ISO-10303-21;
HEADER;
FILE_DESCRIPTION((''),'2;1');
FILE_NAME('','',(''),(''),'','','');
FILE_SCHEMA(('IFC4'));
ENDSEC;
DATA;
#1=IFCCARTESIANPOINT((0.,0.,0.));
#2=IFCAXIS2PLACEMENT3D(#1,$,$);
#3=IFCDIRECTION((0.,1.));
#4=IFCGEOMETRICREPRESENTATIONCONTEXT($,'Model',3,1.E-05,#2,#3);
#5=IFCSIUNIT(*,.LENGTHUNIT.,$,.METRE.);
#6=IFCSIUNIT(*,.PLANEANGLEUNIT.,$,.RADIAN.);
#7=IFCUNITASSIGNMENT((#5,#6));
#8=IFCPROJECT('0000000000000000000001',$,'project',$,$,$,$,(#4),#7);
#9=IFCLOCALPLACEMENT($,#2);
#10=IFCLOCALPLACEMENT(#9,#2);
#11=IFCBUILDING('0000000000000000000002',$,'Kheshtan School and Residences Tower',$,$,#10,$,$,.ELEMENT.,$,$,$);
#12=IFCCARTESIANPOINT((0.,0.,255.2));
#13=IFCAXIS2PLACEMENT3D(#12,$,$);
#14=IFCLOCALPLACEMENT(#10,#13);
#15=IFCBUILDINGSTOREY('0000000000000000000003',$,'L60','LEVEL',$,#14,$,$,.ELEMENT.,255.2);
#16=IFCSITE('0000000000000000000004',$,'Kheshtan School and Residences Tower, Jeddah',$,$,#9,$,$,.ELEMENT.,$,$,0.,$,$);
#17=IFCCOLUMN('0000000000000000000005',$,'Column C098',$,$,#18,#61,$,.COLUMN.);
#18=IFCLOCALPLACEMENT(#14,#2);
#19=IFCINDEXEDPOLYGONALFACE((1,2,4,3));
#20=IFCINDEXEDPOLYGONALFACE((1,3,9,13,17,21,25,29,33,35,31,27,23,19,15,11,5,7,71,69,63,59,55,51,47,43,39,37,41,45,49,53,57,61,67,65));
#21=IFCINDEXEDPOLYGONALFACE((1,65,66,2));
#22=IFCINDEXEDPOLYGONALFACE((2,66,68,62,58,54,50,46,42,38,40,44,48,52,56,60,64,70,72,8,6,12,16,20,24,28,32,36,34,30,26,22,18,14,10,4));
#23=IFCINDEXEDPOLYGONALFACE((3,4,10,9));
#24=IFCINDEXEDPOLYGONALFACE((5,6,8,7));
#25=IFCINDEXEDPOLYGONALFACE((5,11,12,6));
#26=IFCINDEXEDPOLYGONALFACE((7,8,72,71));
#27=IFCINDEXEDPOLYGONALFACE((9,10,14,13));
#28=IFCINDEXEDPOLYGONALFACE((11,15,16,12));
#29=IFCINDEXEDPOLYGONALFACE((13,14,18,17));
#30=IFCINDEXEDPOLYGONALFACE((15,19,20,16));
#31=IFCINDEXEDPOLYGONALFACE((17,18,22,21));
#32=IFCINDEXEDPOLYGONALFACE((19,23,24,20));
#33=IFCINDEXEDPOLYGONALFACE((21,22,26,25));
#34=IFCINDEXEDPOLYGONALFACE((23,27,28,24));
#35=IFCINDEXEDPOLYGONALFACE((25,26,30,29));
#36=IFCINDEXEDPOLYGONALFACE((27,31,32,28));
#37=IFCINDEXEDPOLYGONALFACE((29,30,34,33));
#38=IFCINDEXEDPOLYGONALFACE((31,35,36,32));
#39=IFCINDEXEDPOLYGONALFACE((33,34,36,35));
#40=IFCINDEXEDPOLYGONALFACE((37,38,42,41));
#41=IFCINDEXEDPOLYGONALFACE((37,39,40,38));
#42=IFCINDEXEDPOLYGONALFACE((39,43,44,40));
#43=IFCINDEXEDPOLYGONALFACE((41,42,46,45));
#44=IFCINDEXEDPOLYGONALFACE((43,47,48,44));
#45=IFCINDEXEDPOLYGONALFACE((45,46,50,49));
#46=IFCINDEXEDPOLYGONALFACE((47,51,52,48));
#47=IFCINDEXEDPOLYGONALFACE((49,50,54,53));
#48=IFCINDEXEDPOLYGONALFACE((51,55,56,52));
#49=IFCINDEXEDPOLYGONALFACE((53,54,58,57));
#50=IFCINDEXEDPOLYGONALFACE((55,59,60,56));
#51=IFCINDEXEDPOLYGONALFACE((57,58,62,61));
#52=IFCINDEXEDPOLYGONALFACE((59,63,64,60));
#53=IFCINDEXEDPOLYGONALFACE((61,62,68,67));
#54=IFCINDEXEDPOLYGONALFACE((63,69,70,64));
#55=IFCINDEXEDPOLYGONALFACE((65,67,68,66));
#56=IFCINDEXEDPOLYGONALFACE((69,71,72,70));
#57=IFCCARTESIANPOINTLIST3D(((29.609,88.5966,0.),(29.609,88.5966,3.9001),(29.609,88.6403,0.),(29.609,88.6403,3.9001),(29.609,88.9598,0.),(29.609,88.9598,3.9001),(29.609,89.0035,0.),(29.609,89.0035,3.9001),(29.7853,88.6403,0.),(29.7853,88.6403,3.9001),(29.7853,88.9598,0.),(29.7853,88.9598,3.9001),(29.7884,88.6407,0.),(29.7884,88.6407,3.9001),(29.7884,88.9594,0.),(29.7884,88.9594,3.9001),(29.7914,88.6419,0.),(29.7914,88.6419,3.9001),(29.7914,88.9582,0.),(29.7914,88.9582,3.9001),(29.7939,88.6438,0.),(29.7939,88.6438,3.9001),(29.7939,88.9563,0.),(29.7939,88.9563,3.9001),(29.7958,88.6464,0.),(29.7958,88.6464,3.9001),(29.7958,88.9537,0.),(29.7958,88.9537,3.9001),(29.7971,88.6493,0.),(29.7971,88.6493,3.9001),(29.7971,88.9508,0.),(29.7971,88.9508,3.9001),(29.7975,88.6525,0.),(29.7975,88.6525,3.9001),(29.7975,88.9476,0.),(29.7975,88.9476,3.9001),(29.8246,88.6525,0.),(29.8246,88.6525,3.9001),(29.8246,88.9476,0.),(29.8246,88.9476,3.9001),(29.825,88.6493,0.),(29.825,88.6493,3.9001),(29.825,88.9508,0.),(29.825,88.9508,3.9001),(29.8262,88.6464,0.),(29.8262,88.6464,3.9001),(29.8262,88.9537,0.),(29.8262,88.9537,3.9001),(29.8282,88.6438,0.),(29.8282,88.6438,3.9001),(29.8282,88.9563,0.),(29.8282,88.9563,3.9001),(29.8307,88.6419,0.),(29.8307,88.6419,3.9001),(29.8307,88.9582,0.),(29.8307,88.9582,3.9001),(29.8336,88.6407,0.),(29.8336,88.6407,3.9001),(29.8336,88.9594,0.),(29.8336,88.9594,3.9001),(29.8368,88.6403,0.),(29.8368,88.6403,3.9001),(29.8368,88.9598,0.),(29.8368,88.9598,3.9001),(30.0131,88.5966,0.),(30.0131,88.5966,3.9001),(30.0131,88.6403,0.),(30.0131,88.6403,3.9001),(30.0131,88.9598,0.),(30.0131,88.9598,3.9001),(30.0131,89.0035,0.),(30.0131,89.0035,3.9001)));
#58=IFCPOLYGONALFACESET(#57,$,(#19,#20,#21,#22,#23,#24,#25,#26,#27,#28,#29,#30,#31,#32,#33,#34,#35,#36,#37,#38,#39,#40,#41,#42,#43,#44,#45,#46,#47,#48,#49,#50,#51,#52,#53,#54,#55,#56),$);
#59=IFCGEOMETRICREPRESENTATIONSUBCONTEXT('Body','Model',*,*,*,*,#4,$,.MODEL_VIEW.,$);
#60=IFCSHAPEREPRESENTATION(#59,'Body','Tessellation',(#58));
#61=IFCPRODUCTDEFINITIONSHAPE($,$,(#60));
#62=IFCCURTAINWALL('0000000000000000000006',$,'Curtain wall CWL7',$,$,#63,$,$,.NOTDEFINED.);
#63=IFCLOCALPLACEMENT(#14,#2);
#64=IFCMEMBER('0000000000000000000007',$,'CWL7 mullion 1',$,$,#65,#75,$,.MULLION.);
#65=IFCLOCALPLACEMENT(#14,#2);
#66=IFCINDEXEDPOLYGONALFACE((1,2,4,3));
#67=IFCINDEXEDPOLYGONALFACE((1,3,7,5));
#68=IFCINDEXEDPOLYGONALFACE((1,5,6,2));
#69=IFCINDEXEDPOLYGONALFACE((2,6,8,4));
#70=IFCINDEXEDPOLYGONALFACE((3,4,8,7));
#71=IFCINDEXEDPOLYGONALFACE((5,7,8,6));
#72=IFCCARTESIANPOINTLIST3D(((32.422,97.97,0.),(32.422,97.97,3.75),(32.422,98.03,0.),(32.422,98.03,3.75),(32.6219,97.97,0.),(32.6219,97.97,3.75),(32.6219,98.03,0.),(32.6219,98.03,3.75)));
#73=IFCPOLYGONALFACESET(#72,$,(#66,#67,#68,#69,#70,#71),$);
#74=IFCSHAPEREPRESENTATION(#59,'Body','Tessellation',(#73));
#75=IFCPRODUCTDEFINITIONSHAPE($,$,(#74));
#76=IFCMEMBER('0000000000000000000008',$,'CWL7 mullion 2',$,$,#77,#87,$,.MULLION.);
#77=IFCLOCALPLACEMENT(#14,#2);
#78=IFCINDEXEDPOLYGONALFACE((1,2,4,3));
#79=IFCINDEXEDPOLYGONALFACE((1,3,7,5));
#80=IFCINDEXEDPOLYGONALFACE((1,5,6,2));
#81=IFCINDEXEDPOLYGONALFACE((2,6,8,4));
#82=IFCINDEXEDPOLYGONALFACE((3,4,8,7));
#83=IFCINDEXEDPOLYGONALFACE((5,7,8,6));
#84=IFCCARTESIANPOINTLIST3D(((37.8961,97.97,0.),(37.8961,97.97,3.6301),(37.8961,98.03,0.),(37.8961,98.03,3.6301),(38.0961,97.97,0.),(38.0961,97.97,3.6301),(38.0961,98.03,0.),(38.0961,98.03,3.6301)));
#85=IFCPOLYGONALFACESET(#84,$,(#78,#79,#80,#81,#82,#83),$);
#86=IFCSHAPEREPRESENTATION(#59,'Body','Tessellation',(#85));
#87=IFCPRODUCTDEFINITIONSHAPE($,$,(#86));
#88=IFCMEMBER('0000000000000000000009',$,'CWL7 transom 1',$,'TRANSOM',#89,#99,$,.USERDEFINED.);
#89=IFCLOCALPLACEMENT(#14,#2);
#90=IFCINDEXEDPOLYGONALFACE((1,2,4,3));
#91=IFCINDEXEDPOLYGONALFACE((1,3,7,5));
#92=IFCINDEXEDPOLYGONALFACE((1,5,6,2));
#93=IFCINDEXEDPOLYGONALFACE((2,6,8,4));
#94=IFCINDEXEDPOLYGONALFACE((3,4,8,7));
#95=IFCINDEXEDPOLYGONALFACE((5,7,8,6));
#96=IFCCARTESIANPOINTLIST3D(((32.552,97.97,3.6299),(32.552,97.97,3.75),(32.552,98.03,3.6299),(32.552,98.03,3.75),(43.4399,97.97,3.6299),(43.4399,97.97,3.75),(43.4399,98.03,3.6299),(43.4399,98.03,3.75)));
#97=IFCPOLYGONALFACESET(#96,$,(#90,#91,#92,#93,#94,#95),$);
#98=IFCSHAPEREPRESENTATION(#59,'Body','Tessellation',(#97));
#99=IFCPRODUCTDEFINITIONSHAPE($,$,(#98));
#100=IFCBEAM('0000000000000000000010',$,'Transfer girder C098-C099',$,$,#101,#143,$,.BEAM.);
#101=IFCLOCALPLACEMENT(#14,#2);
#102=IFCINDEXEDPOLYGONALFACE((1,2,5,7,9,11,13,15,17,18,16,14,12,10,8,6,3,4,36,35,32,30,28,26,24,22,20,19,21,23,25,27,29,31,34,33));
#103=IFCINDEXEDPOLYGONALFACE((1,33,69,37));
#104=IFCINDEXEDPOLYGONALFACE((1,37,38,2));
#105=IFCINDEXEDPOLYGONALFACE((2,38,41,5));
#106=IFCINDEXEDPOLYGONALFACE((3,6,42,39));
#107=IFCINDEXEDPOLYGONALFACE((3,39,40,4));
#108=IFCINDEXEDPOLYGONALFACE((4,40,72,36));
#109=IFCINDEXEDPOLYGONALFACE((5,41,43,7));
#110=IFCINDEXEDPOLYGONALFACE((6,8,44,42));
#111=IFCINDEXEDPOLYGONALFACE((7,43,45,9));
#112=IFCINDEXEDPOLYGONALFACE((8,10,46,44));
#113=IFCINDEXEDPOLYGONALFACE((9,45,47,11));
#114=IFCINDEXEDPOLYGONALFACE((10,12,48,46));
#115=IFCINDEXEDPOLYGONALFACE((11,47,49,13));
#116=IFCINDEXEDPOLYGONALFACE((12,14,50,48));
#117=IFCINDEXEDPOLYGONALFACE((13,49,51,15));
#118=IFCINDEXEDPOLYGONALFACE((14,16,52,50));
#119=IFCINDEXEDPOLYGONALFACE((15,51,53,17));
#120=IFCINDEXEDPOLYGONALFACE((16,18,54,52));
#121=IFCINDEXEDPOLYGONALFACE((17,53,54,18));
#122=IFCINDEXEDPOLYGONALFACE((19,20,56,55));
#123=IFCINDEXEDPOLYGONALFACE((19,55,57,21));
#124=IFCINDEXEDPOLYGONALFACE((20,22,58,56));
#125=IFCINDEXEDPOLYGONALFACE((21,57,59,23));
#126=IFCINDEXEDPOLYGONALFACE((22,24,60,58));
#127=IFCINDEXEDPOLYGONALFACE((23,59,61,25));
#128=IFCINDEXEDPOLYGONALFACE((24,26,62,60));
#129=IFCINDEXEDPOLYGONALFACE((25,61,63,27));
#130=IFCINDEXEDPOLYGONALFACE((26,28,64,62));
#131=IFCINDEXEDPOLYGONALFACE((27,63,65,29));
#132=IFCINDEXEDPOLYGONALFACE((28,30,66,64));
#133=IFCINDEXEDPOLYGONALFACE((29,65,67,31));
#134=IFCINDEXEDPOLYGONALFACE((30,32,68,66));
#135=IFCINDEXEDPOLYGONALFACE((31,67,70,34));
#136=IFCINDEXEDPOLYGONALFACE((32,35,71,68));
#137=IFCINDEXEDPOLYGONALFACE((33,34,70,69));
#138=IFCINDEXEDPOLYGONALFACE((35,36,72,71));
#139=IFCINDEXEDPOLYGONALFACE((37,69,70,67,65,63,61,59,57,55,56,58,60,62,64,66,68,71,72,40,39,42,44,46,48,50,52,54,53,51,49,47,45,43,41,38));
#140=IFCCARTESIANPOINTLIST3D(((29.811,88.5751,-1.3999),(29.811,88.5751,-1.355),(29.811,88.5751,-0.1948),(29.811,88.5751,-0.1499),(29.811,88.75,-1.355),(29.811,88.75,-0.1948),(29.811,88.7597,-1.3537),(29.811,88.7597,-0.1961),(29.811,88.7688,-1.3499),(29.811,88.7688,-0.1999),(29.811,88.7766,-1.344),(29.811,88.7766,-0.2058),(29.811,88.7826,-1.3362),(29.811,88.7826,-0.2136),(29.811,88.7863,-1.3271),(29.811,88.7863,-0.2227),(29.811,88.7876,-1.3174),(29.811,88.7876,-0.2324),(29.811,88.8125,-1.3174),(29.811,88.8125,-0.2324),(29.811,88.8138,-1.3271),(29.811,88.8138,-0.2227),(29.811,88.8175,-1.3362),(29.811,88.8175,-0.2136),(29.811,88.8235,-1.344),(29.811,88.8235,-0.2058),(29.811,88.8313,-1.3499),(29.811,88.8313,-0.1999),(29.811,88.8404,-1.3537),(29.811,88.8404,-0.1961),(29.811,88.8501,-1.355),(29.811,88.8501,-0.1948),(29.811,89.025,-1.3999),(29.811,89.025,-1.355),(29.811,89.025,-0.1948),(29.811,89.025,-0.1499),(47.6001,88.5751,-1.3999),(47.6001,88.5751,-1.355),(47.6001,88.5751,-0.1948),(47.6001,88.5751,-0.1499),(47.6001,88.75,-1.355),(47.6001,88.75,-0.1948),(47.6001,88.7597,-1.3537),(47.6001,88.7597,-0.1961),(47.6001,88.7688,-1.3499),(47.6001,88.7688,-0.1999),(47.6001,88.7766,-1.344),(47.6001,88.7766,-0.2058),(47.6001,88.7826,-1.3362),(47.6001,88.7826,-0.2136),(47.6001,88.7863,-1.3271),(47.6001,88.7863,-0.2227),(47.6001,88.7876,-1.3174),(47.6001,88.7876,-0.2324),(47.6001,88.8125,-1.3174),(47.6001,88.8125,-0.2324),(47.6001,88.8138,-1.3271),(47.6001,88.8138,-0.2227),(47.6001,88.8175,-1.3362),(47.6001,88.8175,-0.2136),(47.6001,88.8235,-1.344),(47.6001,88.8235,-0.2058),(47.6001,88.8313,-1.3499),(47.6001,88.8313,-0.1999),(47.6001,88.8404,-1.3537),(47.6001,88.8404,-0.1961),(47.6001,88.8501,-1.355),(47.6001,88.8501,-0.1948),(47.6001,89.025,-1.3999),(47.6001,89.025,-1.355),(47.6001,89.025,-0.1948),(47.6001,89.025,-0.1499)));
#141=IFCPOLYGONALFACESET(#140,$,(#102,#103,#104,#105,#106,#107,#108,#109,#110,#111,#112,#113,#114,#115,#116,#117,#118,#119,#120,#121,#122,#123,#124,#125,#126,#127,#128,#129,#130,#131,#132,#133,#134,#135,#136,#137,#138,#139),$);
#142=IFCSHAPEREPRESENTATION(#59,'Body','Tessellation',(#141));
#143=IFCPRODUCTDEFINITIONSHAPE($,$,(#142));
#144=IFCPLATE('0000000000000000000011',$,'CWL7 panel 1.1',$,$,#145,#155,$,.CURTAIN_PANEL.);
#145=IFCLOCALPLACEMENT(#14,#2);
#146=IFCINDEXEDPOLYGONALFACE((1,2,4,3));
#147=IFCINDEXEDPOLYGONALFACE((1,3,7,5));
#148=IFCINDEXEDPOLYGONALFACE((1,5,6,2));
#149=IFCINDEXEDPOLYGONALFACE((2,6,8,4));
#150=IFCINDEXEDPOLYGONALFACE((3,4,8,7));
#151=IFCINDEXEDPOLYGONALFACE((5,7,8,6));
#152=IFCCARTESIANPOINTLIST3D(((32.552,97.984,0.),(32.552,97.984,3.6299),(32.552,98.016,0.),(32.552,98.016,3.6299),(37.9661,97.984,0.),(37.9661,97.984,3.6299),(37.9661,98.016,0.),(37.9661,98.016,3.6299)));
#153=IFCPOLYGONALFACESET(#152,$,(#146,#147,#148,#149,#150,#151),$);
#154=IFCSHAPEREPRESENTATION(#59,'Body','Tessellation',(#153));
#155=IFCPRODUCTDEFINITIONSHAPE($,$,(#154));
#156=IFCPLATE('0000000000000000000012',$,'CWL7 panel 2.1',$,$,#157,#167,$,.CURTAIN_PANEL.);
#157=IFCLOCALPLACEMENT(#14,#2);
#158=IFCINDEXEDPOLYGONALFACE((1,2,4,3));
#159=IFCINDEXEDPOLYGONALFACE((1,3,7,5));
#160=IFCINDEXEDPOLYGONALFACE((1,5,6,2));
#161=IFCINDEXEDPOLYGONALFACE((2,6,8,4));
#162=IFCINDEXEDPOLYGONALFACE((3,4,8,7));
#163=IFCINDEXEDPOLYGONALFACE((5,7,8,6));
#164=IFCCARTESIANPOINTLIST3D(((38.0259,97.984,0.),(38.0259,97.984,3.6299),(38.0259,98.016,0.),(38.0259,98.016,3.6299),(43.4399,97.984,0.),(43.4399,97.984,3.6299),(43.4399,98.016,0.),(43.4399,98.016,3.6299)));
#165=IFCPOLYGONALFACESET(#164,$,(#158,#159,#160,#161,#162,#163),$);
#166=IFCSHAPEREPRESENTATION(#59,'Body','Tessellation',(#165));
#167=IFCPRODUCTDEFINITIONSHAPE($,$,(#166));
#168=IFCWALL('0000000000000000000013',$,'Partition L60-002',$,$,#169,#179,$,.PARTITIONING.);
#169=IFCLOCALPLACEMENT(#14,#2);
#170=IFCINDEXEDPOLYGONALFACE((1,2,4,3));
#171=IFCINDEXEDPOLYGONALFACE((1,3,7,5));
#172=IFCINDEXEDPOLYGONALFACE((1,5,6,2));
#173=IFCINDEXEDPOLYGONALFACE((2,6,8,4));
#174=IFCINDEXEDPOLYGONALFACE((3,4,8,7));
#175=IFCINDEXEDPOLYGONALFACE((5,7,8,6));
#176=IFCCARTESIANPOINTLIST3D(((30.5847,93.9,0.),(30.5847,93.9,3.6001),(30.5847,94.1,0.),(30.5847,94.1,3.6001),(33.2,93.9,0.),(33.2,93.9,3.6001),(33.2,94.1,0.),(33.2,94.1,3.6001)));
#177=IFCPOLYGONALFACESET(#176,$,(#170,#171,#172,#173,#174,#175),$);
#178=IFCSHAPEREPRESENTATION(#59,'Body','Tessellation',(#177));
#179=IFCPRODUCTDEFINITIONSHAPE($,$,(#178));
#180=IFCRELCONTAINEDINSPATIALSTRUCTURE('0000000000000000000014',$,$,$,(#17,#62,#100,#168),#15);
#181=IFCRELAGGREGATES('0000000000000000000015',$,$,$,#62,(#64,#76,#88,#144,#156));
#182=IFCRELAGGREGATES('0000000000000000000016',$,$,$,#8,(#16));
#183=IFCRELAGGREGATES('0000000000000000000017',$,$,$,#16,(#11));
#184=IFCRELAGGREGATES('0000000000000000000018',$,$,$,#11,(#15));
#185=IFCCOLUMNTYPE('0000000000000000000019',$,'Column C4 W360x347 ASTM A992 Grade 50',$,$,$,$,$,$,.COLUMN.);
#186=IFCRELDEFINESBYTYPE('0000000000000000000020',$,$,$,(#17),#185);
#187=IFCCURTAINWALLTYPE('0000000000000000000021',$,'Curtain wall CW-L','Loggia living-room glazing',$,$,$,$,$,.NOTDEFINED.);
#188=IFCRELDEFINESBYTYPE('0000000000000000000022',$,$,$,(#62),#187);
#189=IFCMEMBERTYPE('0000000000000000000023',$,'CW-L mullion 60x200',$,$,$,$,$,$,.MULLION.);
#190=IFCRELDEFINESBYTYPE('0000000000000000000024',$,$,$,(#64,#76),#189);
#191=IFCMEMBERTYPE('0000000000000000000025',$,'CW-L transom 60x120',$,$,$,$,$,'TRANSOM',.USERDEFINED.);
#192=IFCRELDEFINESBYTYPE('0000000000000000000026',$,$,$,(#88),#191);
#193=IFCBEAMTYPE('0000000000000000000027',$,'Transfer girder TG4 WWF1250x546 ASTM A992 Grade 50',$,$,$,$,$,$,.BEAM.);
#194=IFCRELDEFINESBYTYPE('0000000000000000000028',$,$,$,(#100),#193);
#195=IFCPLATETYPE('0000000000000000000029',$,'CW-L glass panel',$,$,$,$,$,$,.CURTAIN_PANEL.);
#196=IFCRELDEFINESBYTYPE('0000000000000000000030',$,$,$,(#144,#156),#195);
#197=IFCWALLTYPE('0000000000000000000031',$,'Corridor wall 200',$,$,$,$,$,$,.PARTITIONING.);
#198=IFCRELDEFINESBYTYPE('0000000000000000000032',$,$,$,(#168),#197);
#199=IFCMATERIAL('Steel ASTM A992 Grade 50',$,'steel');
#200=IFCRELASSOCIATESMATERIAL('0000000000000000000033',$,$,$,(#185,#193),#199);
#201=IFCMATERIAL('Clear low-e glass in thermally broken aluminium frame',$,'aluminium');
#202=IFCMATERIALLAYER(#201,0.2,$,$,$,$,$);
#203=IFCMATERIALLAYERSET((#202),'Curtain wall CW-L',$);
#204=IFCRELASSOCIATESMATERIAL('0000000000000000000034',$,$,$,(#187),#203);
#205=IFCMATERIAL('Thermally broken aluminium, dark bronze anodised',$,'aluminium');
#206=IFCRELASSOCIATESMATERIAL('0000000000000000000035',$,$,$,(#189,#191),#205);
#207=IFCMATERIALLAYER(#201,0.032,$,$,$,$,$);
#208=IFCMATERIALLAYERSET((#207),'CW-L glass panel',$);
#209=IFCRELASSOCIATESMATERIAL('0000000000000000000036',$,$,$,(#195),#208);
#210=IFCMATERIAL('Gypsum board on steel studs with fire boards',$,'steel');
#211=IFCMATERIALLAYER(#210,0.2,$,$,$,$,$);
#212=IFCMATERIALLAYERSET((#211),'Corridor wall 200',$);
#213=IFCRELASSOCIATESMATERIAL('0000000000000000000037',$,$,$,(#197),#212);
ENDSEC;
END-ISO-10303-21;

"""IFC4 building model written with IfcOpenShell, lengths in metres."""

from ifc_helpers import new_model, si_unit, direction, frame, frame_2d, origin, origin_2d, place, context, subcontext, project, spatial, rectangle, i_section, extrude, material, layer, layer_set, material_profile, profile_set, type_object, element, aggregate, save


model = new_model("IFC4")

# Units and contexts
model_context = context("Model", 3, precision=1e-05, world=origin(), true_north=direction((0.0, 1.0)))
body_context = subcontext(model_context, "Body", "Model", "MODEL_VIEW")
ifc_project = project(units=[si_unit("LENGTHUNIT", "METRE"), si_unit("PLANEANGLEUNIT", "RADIAN")], contexts=[model_context])

# Site, building, storey
site_placement = place(None, origin())
site = spatial("IfcSite", under=ifc_project, at=site_placement, Name="Kheshtan School and Residences Tower, Jeddah", CompositionType="ELEMENT", RefElevation=0.0)
building_placement = place(site_placement, origin())
building = spatial("IfcBuilding", under=site, at=building_placement, Name="Kheshtan School and Residences Tower", CompositionType="ELEMENT")
storey_placement = place(building_placement, frame((0.0, 0.0, 255.2)))
storey = spatial("IfcBuildingStorey", under=building, at=storey_placement, Name="L60", Description="LEVEL", CompositionType="ELEMENT", Elevation=255.2)

# Column
ifc_material_1 = material(Name="Steel ASTM A992 Grade 50", Category="steel")
ifc_material_profile_1 = material_profile(ifc_material_1, i_section(OverallWidth=0.4041, OverallDepth=0.407, WebThickness=0.0271, FlangeThickness=0.0437, FilletRadius=0.0122, at=origin_2d()), Name="W360x347")
ifc_profile_set_1 = profile_set([ifc_material_profile_1], Name="Steel ASTM A992 Grade 50")
column_type = type_object("IfcColumnType", Name="Column C4 W360x347 ASTM A992 Grade 50", PredefinedType="COLUMN", material=ifc_profile_set_1)
column_placement = place(storey_placement, frame((29.811, 88.8, 0.0), z_axis=(0.0, 0.0, 1.0), x_axis=(1.0, 0.0, 0.0)))
element("IfcColumn", 1, at=column_placement, inside=storey, type_object=column_type, Name="Column C098", PredefinedType="COLUMN", context=body_context, shape_type="SweptSolid", body=[
    extrude(i_section(OverallWidth=0.4041, OverallDepth=0.407, WebThickness=0.0271, FlangeThickness=0.0437, FilletRadius=0.0122, at=origin_2d()), origin(), (0.0, 0.0, 1.0), 3.9001),
])

# Curtain wall, members
ifc_material_2 = material(Name="Clear low-e glass in thermally broken aluminium frame", Category="aluminium")
ifc_layer_1 = layer(ifc_material_2, 0.2)
ifc_layer_set_1 = layer_set([ifc_layer_1], Name="Curtain wall CW-L")
curtain_wall_type = type_object("IfcCurtainWallType", Name="Curtain wall CW-L", Description="Loggia living-room glazing", PredefinedType="NOTDEFINED", material=ifc_layer_set_1)
curtain_wall_placement = place(storey_placement, origin())
curtain_wall = element("IfcCurtainWall", 2, at=curtain_wall_placement, inside=storey, type_object=curtain_wall_type, Name="Curtain wall CWL7", PredefinedType="NOTDEFINED")
ifc_material_3 = material(Name="Thermally broken aluminium, dark bronze anodised", Category="aluminium")
ifc_material_profile_2 = material_profile(ifc_material_3, rectangle(XDim=0.0601, YDim=0.2, at=origin_2d()), Name="CW-L mullion 60x200")
ifc_profile_set_2 = profile_set([ifc_material_profile_2], Name="Thermally broken aluminium, dark bronze anodised")
member_type_1 = type_object("IfcMemberType", Name="CW-L mullion 60x200", PredefinedType="MULLION", material=ifc_profile_set_2)
member_1_placement = place(storey_placement, frame((32.522, 98.0, 0.0), z_axis=(0.0, 0.0, 1.0), x_axis=(0.0, 1.0, 0.0)))
member_1 = element("IfcMember", 3, at=member_1_placement, type_object=member_type_1, Name="CWL7 mullion 1", PredefinedType="MULLION", context=body_context, shape_type="SweptSolid", body=[
    extrude(rectangle(XDim=0.0601, YDim=0.2, at=origin_2d()), origin(), (0.0, 0.0, 1.0), 3.75),
])
member_2_placement = place(storey_placement, frame((37.9961, 98.0, 0.0), z_axis=(0.0, 0.0, 1.0), x_axis=(0.0, 1.0, 0.0)))
member_2 = element("IfcMember", 4, at=member_2_placement, type_object=member_type_1, Name="CWL7 mullion 2", PredefinedType="MULLION", context=body_context, shape_type="SweptSolid", body=[
    extrude(rectangle(XDim=0.0601, YDim=0.2, at=origin_2d()), origin(), (0.0, 0.0, 1.0), 3.6301),
])
ifc_material_profile_3 = material_profile(ifc_material_3, rectangle(XDim=0.0601, YDim=0.1201, at=origin_2d()), Name="CW-L transom 60x120")
ifc_profile_set_3 = profile_set([ifc_material_profile_3], Name="Thermally broken aluminium, dark bronze anodised")
member_type_2 = type_object("IfcMemberType", Name="CW-L transom 60x120", ElementType="TRANSOM", PredefinedType="USERDEFINED", material=ifc_profile_set_3)
member_3_placement = place(storey_placement, frame((32.552, 98.0, 3.6899), z_axis=(1.0, 0.0, 0.0), x_axis=(0.0, 1.0, 0.0)))
member_3 = element("IfcMember", 5, at=member_3_placement, type_object=member_type_2, Name="CWL7 transom 1", ObjectType="TRANSOM", PredefinedType="USERDEFINED", context=body_context, shape_type="SweptSolid", body=[
    extrude(rectangle(XDim=0.0601, YDim=0.1201, at=origin_2d()), origin(), (0.0, 0.0, 1.0), 10.8879),
])

# Beam
ifc_material_profile_4 = material_profile(ifc_material_1, i_section(OverallWidth=0.45, OverallDepth=1.25, WebThickness=0.0249, FlangeThickness=0.0449, FilletRadius=0.0376, at=origin_2d()), Name="WWF1250x546")
ifc_profile_set_4 = profile_set([ifc_material_profile_4], Name="Steel ASTM A992 Grade 50")
beam_type = type_object("IfcBeamType", Name="Transfer girder TG4 WWF1250x546 ASTM A992 Grade 50", PredefinedType="BEAM", material=ifc_profile_set_4)
beam_placement = place(storey_placement, frame((29.811, 88.8, -0.7749), z_axis=(1.0, 0.0, 0.0), x_axis=(0.0, 1.0, 0.0)))
element("IfcBeam", 6, at=beam_placement, inside=storey, type_object=beam_type, Name="Transfer girder C098-C099", PredefinedType="BEAM", context=body_context, shape_type="SweptSolid", body=[
    extrude(i_section(OverallWidth=0.45, OverallDepth=1.25, WebThickness=0.0249, FlangeThickness=0.0449, FilletRadius=0.0376, at=origin_2d()), origin(), (0.0, 0.0, 1.0), 17.7891),
])

# Plates
ifc_layer_2 = layer(ifc_material_2, 0.032)
ifc_layer_set_2 = layer_set([ifc_layer_2], Name="CW-L glass panel")
plate_type = type_object("IfcPlateType", Name="CW-L glass panel", PredefinedType="CURTAIN_PANEL", material=ifc_layer_set_2)
plate_1_placement = place(storey_placement, frame((35.259, 98.0, 0.0), z_axis=(0.0, 0.0, 1.0), x_axis=(1.0, 0.0, 0.0)))
plate_1 = element("IfcPlate", 7, at=plate_1_placement, type_object=plate_type, Name="CWL7 panel 1.1", PredefinedType="CURTAIN_PANEL", context=body_context, shape_type="SweptSolid", body=[
    extrude(rectangle(XDim=5.4141, YDim=0.032, at=origin_2d()), origin(), (0.0, 0.0, 1.0), 3.6299),
])
plate_2_placement = place(storey_placement, frame((40.7329, 98.0, 0.0), z_axis=(0.0, 0.0, 1.0), x_axis=(1.0, 0.0, 0.0)))
plate_2 = element("IfcPlate", 8, at=plate_2_placement, type_object=plate_type, Name="CWL7 panel 2.1", PredefinedType="CURTAIN_PANEL", context=body_context, shape_type="SweptSolid", body=[
    extrude(rectangle(XDim=5.4141, YDim=0.032, at=origin_2d()), origin(), (0.0, 0.0, 1.0), 3.6299),
])
aggregate(curtain_wall, [member_1, member_2, member_3, plate_1, plate_2])

# Wall
ifc_material_4 = material(Name="Gypsum board on steel studs with fire boards", Category="steel")
ifc_layer_3 = layer(ifc_material_4, 0.2)
ifc_layer_set_3 = layer_set([ifc_layer_3], Name="Corridor wall 200")
wall_type_1 = type_object("IfcWallType", Name="Corridor wall 200", PredefinedType="PARTITIONING", material=ifc_layer_set_3)
wall_1_placement = place(storey_placement, frame((30.5847, 94.0, 0.0), z_axis=(0.0, 0.0, 1.0), x_axis=(1.0, 0.0, 0.0)))
element("IfcWall", 9, at=wall_1_placement, inside=storey, type_object=wall_type_1, Name="Partition L60-002", PredefinedType="PARTITIONING", context=body_context, shape_type="SweptSolid", body=[
    extrude(rectangle(XDim=2.6152, YDim=0.2, at=frame_2d((1.3076, 0.0))), origin(), (0.0, 0.0, 1.0), 3.6001),
])

save(model, "model.ifc")
